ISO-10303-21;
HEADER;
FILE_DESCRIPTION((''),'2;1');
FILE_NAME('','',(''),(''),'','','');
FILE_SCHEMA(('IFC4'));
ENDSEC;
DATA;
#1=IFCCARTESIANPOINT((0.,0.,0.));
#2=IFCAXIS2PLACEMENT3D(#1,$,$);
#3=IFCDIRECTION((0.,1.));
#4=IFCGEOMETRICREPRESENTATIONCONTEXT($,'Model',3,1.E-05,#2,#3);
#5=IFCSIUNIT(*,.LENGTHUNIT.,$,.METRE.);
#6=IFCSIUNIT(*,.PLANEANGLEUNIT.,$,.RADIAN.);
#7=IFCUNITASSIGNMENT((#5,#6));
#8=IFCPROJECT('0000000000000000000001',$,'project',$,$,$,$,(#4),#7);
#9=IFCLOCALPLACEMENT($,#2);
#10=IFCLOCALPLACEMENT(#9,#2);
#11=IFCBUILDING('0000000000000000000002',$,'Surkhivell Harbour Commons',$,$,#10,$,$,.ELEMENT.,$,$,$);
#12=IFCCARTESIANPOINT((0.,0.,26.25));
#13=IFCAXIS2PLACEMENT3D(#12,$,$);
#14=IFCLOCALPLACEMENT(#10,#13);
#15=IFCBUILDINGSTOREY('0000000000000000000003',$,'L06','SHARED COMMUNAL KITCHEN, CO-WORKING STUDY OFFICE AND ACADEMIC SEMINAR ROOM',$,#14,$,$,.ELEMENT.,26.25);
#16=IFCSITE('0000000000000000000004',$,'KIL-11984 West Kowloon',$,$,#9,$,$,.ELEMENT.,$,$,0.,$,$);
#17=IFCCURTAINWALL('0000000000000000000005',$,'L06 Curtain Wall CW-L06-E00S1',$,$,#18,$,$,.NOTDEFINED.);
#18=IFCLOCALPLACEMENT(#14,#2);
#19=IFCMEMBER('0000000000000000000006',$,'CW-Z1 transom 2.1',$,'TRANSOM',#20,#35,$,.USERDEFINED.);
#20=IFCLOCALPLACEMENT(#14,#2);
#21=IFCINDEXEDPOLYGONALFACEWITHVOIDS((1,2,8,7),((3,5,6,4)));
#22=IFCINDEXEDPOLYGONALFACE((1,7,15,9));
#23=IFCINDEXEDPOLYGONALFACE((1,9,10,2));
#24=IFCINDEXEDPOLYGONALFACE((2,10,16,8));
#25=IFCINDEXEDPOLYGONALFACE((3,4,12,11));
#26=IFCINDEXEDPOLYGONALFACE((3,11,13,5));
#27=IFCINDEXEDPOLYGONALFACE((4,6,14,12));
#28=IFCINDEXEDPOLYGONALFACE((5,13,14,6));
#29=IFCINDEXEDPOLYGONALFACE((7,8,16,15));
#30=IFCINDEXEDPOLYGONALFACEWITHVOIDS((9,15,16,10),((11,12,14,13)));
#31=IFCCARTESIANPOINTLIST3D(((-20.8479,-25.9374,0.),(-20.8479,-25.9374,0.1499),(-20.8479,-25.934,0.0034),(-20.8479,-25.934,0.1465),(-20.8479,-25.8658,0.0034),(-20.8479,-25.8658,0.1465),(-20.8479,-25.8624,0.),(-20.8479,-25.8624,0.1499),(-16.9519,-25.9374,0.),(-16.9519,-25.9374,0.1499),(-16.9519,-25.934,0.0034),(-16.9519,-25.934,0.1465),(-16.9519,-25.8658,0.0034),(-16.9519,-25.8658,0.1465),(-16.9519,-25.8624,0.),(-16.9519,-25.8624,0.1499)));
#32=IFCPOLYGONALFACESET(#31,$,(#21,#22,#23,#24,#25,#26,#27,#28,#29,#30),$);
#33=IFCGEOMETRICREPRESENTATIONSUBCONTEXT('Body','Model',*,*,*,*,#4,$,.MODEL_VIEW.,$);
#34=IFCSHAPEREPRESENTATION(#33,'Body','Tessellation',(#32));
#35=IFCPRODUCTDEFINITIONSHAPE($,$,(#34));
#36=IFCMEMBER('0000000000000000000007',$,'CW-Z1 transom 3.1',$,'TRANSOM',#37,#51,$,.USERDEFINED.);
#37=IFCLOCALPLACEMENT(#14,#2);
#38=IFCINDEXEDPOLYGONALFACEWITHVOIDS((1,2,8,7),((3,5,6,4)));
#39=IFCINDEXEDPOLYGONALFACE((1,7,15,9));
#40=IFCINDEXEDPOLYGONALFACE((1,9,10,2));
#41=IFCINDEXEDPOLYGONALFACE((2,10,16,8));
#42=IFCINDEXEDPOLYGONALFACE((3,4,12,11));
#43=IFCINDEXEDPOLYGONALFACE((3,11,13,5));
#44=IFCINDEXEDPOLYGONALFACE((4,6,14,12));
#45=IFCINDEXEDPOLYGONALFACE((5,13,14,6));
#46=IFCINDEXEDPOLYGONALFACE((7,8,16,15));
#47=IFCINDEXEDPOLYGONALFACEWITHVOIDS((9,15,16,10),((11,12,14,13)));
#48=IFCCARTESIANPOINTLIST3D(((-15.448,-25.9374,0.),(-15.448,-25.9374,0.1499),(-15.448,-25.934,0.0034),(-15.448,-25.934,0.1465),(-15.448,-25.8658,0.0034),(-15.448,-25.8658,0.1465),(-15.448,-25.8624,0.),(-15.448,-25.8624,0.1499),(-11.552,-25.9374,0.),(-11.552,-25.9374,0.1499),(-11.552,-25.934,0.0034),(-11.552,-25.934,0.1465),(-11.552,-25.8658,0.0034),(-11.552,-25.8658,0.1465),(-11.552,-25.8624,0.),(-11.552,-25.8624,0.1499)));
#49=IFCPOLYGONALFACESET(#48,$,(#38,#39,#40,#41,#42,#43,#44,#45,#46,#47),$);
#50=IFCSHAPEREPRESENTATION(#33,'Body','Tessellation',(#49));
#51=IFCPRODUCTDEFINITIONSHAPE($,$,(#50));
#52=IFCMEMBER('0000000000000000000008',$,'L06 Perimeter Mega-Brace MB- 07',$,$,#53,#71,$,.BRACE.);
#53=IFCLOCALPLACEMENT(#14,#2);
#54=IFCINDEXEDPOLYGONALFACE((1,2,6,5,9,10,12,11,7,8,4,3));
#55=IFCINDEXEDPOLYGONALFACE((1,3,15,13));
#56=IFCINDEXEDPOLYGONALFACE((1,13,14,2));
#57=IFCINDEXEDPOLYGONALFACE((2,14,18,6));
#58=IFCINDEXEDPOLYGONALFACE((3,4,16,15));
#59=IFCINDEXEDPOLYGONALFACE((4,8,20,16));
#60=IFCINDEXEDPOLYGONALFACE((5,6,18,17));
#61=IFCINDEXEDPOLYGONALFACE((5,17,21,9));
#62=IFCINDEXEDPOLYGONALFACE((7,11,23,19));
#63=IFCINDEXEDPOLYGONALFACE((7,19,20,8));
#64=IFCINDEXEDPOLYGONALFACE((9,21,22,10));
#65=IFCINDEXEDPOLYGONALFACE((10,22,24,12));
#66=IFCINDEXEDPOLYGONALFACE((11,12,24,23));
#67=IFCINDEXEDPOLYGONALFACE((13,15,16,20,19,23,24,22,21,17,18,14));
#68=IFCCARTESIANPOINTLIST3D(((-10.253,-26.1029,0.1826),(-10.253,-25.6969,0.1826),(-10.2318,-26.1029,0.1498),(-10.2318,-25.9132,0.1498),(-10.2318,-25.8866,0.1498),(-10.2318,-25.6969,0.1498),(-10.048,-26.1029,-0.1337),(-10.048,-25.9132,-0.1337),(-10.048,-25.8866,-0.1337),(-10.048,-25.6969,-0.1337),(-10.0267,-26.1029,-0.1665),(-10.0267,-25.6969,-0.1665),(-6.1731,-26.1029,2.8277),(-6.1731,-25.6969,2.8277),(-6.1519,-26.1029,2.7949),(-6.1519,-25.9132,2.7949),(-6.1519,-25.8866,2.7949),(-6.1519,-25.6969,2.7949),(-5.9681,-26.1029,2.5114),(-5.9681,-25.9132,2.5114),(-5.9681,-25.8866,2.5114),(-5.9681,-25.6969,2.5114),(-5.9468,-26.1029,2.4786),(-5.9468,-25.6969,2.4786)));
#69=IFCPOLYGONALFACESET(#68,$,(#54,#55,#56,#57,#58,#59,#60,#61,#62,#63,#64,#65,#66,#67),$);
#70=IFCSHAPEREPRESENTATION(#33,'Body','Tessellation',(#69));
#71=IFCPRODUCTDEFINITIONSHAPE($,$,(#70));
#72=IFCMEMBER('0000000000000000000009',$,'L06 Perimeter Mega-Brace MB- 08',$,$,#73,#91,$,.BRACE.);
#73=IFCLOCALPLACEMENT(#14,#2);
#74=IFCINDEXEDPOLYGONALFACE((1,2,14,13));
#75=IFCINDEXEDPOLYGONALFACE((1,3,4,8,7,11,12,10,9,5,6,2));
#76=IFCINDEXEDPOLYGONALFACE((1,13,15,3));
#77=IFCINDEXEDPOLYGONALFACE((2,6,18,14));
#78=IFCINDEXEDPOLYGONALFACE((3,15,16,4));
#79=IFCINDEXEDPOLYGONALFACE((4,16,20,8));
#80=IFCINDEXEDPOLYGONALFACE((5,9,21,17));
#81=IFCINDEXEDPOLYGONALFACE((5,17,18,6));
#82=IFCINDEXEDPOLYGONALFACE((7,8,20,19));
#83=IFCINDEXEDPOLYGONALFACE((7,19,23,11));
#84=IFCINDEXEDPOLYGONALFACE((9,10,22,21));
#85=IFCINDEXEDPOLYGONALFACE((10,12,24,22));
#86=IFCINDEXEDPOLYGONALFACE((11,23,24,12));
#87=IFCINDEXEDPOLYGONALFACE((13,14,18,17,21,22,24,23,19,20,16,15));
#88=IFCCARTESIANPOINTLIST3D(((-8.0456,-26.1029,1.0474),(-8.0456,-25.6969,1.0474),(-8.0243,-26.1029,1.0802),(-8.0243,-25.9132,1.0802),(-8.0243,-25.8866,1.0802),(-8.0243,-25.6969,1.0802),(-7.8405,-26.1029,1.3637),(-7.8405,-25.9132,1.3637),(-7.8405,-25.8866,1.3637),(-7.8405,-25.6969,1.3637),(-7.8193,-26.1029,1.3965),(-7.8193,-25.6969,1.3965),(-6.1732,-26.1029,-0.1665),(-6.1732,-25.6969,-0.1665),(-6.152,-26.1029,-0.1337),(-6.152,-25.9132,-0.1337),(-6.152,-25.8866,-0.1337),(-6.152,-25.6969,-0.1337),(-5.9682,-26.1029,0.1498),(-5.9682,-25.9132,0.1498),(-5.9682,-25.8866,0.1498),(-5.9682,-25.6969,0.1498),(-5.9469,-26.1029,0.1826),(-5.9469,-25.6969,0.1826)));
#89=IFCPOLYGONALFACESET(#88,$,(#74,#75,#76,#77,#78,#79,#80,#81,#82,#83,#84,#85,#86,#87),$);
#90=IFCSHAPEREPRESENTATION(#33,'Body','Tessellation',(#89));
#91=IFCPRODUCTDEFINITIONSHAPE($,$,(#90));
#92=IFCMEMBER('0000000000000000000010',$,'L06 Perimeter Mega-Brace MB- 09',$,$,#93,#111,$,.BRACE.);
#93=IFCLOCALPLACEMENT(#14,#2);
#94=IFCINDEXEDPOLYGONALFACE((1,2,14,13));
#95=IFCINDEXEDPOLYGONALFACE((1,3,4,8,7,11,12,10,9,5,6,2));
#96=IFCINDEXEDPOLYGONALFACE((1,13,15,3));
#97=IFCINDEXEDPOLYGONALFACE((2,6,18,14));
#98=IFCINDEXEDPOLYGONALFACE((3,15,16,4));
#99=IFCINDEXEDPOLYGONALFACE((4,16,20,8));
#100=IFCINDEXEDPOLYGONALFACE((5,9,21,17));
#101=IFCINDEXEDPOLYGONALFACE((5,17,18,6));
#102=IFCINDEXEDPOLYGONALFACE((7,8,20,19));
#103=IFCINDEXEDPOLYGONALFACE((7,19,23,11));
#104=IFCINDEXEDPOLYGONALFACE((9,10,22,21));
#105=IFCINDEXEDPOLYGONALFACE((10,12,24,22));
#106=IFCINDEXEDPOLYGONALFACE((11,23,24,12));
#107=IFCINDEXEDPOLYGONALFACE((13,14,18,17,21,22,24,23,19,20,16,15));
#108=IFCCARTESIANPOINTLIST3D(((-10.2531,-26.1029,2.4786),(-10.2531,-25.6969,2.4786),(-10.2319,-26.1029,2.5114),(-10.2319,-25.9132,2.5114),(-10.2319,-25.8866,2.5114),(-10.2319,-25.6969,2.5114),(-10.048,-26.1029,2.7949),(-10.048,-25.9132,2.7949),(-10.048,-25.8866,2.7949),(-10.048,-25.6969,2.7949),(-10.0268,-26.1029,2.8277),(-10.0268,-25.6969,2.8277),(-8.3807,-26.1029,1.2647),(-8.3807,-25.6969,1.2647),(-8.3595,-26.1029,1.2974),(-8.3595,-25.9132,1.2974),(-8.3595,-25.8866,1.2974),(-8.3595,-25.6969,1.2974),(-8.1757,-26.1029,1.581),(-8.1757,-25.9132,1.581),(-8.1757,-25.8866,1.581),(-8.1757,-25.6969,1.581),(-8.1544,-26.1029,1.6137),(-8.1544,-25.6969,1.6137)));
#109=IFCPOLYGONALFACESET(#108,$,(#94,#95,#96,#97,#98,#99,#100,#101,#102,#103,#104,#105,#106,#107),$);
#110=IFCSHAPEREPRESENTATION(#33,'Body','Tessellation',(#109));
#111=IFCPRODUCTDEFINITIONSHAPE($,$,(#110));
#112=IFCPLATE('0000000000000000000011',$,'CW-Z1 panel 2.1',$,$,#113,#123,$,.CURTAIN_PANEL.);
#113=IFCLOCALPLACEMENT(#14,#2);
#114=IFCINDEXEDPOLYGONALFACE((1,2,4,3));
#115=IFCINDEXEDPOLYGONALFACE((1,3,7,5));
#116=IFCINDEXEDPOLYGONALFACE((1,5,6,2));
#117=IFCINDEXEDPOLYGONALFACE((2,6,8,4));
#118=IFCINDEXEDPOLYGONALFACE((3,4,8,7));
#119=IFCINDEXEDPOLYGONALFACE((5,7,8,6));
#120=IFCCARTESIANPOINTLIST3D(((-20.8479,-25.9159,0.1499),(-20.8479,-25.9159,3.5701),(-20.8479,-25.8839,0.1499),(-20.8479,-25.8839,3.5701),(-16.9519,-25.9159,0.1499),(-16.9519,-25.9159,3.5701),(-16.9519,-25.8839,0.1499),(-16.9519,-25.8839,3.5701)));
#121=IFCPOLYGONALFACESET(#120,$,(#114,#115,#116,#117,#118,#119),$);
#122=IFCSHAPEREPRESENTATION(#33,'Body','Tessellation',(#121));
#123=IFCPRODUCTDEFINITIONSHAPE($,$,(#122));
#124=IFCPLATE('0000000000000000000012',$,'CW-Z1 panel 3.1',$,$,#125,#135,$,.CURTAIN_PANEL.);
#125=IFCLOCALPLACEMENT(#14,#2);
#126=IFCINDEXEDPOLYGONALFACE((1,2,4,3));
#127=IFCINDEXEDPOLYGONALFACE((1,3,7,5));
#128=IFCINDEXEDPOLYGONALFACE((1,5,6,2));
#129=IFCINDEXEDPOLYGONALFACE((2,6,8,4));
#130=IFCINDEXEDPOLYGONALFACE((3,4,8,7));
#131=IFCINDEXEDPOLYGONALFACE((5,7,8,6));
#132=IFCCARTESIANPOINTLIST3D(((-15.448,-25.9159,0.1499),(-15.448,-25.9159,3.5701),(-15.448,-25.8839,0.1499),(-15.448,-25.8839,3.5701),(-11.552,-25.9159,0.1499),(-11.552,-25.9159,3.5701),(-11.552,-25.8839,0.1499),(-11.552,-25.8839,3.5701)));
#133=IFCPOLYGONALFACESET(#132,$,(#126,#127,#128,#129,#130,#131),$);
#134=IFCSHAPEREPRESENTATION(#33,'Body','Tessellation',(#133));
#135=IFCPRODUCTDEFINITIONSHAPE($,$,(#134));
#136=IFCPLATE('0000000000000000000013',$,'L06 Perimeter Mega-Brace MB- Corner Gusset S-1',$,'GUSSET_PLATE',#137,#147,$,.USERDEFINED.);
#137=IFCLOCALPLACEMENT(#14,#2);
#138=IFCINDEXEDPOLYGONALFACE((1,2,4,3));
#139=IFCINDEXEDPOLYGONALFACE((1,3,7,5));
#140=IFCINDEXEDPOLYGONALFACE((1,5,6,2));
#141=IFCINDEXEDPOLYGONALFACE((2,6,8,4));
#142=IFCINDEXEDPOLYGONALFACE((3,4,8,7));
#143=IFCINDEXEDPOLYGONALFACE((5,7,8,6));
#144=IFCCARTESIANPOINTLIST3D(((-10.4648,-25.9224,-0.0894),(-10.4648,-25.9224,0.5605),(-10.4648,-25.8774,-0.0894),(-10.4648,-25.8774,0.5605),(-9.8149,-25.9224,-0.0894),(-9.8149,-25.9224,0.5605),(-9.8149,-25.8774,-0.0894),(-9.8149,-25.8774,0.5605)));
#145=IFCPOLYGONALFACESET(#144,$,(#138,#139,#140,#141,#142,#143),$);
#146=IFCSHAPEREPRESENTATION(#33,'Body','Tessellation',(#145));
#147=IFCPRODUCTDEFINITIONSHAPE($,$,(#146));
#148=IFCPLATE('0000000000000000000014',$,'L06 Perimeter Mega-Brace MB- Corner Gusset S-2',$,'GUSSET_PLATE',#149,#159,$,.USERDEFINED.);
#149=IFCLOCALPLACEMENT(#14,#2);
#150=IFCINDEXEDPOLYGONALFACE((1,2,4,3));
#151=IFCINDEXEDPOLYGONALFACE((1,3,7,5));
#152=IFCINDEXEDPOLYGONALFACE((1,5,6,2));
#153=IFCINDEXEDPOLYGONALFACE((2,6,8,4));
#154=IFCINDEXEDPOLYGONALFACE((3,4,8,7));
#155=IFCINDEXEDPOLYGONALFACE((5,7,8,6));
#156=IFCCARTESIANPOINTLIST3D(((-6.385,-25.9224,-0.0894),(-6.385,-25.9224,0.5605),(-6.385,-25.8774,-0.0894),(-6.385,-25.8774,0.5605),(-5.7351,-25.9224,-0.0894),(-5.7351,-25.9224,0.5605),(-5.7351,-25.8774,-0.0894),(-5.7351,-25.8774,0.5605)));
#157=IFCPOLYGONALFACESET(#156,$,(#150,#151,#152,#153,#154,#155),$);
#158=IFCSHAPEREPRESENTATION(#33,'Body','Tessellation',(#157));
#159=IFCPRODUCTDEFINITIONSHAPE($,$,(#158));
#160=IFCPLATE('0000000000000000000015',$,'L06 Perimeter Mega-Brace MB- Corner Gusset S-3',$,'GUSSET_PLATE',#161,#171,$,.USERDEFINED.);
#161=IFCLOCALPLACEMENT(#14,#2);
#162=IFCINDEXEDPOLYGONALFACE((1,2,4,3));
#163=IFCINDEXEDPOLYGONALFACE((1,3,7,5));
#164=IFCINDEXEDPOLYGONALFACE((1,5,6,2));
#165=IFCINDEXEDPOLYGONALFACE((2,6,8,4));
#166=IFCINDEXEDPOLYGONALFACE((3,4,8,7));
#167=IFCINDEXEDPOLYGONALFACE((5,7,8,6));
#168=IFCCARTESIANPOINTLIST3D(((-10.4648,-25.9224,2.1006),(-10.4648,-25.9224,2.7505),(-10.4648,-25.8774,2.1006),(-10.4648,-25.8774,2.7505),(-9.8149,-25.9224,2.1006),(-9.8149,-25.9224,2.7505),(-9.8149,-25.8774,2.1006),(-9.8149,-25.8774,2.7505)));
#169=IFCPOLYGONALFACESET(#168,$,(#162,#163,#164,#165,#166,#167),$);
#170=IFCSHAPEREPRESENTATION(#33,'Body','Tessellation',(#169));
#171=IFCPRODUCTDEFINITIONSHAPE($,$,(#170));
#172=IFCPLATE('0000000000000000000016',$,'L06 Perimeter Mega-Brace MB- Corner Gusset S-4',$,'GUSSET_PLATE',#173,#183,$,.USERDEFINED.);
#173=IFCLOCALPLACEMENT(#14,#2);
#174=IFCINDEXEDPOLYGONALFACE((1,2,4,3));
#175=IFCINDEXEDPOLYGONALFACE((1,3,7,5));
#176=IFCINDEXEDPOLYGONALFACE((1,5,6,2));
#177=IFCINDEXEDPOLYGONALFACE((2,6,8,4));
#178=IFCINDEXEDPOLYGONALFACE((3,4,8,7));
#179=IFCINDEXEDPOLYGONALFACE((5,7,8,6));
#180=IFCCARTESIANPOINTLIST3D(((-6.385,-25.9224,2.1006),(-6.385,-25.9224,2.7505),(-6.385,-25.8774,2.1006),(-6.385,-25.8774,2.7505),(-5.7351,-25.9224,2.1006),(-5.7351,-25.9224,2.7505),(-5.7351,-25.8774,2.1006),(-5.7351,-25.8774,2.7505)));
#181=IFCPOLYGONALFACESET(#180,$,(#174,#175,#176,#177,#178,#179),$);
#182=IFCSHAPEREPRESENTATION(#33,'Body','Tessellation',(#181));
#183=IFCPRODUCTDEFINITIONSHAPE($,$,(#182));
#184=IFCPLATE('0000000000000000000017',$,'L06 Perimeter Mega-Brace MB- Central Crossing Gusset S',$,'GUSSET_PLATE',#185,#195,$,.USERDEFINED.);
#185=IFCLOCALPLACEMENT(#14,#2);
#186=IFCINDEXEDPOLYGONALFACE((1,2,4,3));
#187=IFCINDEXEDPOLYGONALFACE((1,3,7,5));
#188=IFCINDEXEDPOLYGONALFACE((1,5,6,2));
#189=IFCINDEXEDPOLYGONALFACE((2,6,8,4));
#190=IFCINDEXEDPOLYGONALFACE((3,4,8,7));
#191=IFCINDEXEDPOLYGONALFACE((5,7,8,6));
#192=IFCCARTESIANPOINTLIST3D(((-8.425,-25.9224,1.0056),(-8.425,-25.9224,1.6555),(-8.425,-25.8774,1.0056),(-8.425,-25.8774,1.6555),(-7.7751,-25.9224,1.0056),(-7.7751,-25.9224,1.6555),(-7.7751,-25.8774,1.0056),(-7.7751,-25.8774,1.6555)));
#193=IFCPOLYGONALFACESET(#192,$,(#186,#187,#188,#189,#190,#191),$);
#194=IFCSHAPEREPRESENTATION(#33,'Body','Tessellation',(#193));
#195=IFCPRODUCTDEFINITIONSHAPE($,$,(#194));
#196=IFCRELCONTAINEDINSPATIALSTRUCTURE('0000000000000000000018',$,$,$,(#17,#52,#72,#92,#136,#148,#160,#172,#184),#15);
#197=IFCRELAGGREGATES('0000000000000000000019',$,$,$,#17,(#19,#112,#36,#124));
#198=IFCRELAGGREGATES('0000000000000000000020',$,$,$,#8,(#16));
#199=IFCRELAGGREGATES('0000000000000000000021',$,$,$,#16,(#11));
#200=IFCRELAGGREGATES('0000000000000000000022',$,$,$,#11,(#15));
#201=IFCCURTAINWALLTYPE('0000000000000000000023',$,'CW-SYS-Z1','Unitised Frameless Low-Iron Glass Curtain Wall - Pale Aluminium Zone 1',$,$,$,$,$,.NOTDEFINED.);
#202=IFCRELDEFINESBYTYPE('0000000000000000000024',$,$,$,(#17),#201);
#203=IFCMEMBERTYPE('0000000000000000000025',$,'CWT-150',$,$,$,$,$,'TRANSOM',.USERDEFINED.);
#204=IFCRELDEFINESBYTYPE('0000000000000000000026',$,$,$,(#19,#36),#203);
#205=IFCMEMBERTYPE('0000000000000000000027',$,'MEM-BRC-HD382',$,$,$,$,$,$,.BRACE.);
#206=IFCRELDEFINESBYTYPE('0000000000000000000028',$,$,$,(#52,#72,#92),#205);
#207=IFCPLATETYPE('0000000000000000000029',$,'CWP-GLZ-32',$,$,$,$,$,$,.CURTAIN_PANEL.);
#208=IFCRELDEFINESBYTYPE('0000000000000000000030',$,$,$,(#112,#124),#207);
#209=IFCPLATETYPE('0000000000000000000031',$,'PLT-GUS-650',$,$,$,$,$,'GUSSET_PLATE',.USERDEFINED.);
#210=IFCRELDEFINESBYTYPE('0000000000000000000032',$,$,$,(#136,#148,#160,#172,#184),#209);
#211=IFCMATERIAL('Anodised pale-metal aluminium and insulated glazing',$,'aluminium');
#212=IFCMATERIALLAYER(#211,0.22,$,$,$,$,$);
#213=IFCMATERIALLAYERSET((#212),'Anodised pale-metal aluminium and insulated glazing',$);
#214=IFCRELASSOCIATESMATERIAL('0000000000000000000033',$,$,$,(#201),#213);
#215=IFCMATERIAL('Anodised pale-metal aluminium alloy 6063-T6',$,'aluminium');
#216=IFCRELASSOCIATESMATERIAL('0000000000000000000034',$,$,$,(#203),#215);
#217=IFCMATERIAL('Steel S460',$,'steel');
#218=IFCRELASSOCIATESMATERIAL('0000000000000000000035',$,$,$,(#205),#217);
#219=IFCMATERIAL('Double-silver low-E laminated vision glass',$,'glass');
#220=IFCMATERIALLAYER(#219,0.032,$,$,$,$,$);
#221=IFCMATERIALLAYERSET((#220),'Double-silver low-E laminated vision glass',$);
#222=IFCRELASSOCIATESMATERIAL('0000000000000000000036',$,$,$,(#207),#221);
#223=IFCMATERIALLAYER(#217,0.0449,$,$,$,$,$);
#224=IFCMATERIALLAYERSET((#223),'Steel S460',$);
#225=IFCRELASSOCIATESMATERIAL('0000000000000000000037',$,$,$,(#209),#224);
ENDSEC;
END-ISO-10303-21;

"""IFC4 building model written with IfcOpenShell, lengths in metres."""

from ifc_helpers import new_model, si_unit, direction, frame, frame_2d, origin, origin_2d, place, context, subcontext, project, spatial, rectangle, hollow_rectangle, i_section, extrude, material, layer, layer_set, material_profile, profile_set, type_object, element, aggregate, save


model = new_model("IFC4")

# Units and contexts
model_context = context("Model", 3, precision=1e-05, world=origin(), true_north=direction((0.0, 1.0)))
body_context = subcontext(model_context, "Body", "Model", "MODEL_VIEW")
ifc_project = project(units=[si_unit("LENGTHUNIT", "METRE"), si_unit("PLANEANGLEUNIT", "RADIAN")], contexts=[model_context])

# Site, building, storey
site_placement = place(None, origin())
site = spatial("IfcSite", under=ifc_project, at=site_placement, Name="KIL-11984 West Kowloon", CompositionType="ELEMENT", RefElevation=0.0)
building_placement = place(site_placement, origin())
building = spatial("IfcBuilding", under=site, at=building_placement, Name="Surkhivell Harbour Commons", CompositionType="ELEMENT")
storey_placement = place(building_placement, frame((0.0, 0.0, 26.25)))
storey = spatial("IfcBuildingStorey", under=building, at=storey_placement, Name="L06", Description="SHARED COMMUNAL KITCHEN, CO-WORKING STUDY OFFICE AND ACADEMIC SEMINAR ROOM", CompositionType="ELEMENT", Elevation=26.25)

# Shared definitions
ifc_material_1 = material(Name="Steel S460", Category="steel")

# Curtain wall, members
ifc_material_2 = material(Name="Anodised pale-metal aluminium and insulated glazing", Category="aluminium")
ifc_layer_1 = layer(ifc_material_2, 0.22)
ifc_layer_set_1 = layer_set([ifc_layer_1], Name="Anodised pale-metal aluminium and insulated glazing")
curtain_wall_type = type_object("IfcCurtainWallType", Name="CW-SYS-Z1", Description="Unitised Frameless Low-Iron Glass Curtain Wall - Pale Aluminium Zone 1", PredefinedType="NOTDEFINED", material=ifc_layer_set_1)
curtain_wall_placement = place(storey_placement, origin())
curtain_wall = element("IfcCurtainWall", 1, at=curtain_wall_placement, inside=storey, type_object=curtain_wall_type, Name="L06 Curtain Wall CW-L06-E00S1", PredefinedType="NOTDEFINED")
ifc_material_3 = material(Name="Anodised pale-metal aluminium alloy 6063-T6", Category="aluminium")
ifc_material_profile_1 = material_profile(ifc_material_3, hollow_rectangle(XDim=0.075, YDim=0.1499, WallThickness=0.0034, at=origin_2d()), Name="ALU-TRAN-75x150")
ifc_profile_set_1 = profile_set([ifc_material_profile_1], Name="Anodised pale-metal aluminium alloy 6063-T6")
member_type_1 = type_object("IfcMemberType", Name="CWT-150", ElementType="TRANSOM", PredefinedType="USERDEFINED", material=ifc_profile_set_1)
member_1_placement = place(storey_placement, frame((-20.8479, -25.8999, 0.075), z_axis=(1.0, 0.0, 0.0), x_axis=(0.0, 1.0, 0.0)))
member_1 = element("IfcMember", 2, at=member_1_placement, type_object=member_type_1, Name="CW-Z1 transom 2.1", ObjectType="TRANSOM", PredefinedType="USERDEFINED", context=body_context, shape_type="SweptSolid", body=[
    extrude(hollow_rectangle(XDim=0.075, YDim=0.1499, WallThickness=0.0034, at=origin_2d()), origin(), (0.0, 0.0, 1.0), 3.896),
])
member_2_placement = place(storey_placement, frame((-15.448, -25.8999, 0.075), z_axis=(1.0, 0.0, 0.0), x_axis=(0.0, 1.0, 0.0)))
member_2 = element("IfcMember", 3, at=member_2_placement, type_object=member_type_1, Name="CW-Z1 transom 3.1", ObjectType="TRANSOM", PredefinedType="USERDEFINED", context=body_context, shape_type="SweptSolid", body=[
    extrude(hollow_rectangle(XDim=0.075, YDim=0.1499, WallThickness=0.0034, at=origin_2d()), origin(), (0.0, 0.0, 1.0), 3.896),
])

# Members
ifc_material_profile_2 = material_profile(ifc_material_1, i_section(OverallWidth=0.406, OverallDepth=0.416, WebThickness=0.0266, FlangeThickness=0.0391, at=origin_2d()), Name="HD400x382")
ifc_profile_set_2 = profile_set([ifc_material_profile_2], Name="Steel S460")
member_type_2 = type_object("IfcMemberType", Name="MEM-BRC-HD382", PredefinedType="BRACE", material=ifc_profile_set_2)
member_3_placement = place(storey_placement, frame((-10.1399, -25.8999, 0.0081), z_axis=(0.839089, 0.0, 0.543994), x_axis=(0.0, 1.0, 0.0)))
element("IfcMember", 4, at=member_3_placement, inside=storey, type_object=member_type_2, Name="L06 Perimeter Mega-Brace MB- 07", PredefinedType="BRACE", context=body_context, shape_type="SweptSolid", body=[
    extrude(i_section(OverallWidth=0.406, OverallDepth=0.416, WebThickness=0.0266, FlangeThickness=0.0391, at=origin_2d()), origin(), (0.0, 0.0, 1.0), 4.8623),
])
for number, where, z_axis, x_axis, name in (
    (5, (-6.0601, -25.8999, 0.0081), (-0.839085, 0.0, 0.544), (0.0, -1.0, 0.0), "L06 Perimeter Mega-Brace MB- 08"),
    (6, (-8.2676, -25.8999, 1.4392), (-0.839085, 0.0, 0.544), (0.0, -1.0, 0.0), "L06 Perimeter Mega-Brace MB- 09"),
):
    element("IfcMember", number, at=place(storey_placement, frame(where, z_axis=z_axis, x_axis=x_axis)), inside=storey, type_object=member_type_2, Name=name, PredefinedType="BRACE", context=body_context, shape_type="SweptSolid", body=[
        extrude(i_section(OverallWidth=0.406, OverallDepth=0.416, WebThickness=0.0266, FlangeThickness=0.0391, at=origin_2d()), origin(), (0.0, 0.0, 1.0), 2.2314),
    ])

# Plates
ifc_material_4 = material(Name="Double-silver low-E laminated vision glass", Category="glass")
ifc_layer_2 = layer(ifc_material_4, 0.032)
ifc_layer_set_2 = layer_set([ifc_layer_2], Name="Double-silver low-E laminated vision glass")
plate_type_1 = type_object("IfcPlateType", Name="CWP-GLZ-32", PredefinedType="CURTAIN_PANEL", material=ifc_layer_set_2)
plate_1_placement = place(storey_placement, frame((-20.8479, -25.8999, 0.1499), z_axis=(0.0, 0.0, 1.0), x_axis=(1.0, 0.0, 0.0)))
plate_1 = element("IfcPlate", 7, at=plate_1_placement, type_object=plate_type_1, Name="CW-Z1 panel 2.1", PredefinedType="CURTAIN_PANEL", context=body_context, shape_type="SweptSolid", body=[
    extrude(rectangle(XDim=3.896, YDim=0.032, at=frame_2d((1.948, 0.0))), origin(), (0.0, 0.0, 1.0), 3.4202),
])
plate_2_placement = place(storey_placement, frame((-15.448, -25.8999, 0.1499), z_axis=(0.0, 0.0, 1.0), x_axis=(1.0, 0.0, 0.0)))
plate_2 = element("IfcPlate", 8, at=plate_2_placement, type_object=plate_type_1, Name="CW-Z1 panel 3.1", PredefinedType="CURTAIN_PANEL", context=body_context, shape_type="SweptSolid", body=[
    extrude(rectangle(XDim=3.896, YDim=0.032, at=frame_2d((1.948, 0.0))), origin(), (0.0, 0.0, 1.0), 3.4202),
])
aggregate(curtain_wall, [member_1, plate_1, member_2, plate_2])

# Plates
ifc_layer_3 = layer(ifc_material_1, 0.0449)
ifc_layer_set_3 = layer_set([ifc_layer_3], Name="Steel S460")
plate_type_2 = type_object("IfcPlateType", Name="PLT-GUS-650", ElementType="GUSSET_PLATE", PredefinedType="USERDEFINED", material=ifc_layer_set_3)
for number, where, z_axis, x_axis, name in (
    (9, (-10.1399, -25.8999, -0.0894), (0.0, 0.0, 1.0), (1.0, 0.0, 0.0), "L06 Perimeter Mega-Brace MB- Corner Gusset S-1"),
    (10, (-6.0601, -25.8999, -0.0894), (0.0, 0.0, 1.0), (1.0, 0.0, 0.0), "L06 Perimeter Mega-Brace MB- Corner Gusset S-2"),
    (11, (-10.1399, -25.8999, 2.1006), (0.0, 0.0, 1.0), (1.0, 0.0, 0.0), "L06 Perimeter Mega-Brace MB- Corner Gusset S-3"),
    (12, (-6.0601, -25.8999, 2.1006), (0.0, 0.0, 1.0), (1.0, 0.0, 0.0), "L06 Perimeter Mega-Brace MB- Corner Gusset S-4"),
    (13, (-8.1001, -25.8999, 1.0056), (0.0, 0.0, 1.0), (1.0, 0.0, 0.0), "L06 Perimeter Mega-Brace MB- Central Crossing Gusset S"),
):
    element("IfcPlate", number, at=place(storey_placement, frame(where, z_axis=z_axis, x_axis=x_axis)), inside=storey, type_object=plate_type_2, Name=name, ObjectType="GUSSET_PLATE", PredefinedType="USERDEFINED", context=body_context, shape_type="SweptSolid", body=[
        extrude(rectangle(XDim=0.6499, YDim=0.0449, at=origin_2d()), origin(), (0.0, 0.0, 1.0), 0.6499),
    ])

save(model, "model.ifc")
